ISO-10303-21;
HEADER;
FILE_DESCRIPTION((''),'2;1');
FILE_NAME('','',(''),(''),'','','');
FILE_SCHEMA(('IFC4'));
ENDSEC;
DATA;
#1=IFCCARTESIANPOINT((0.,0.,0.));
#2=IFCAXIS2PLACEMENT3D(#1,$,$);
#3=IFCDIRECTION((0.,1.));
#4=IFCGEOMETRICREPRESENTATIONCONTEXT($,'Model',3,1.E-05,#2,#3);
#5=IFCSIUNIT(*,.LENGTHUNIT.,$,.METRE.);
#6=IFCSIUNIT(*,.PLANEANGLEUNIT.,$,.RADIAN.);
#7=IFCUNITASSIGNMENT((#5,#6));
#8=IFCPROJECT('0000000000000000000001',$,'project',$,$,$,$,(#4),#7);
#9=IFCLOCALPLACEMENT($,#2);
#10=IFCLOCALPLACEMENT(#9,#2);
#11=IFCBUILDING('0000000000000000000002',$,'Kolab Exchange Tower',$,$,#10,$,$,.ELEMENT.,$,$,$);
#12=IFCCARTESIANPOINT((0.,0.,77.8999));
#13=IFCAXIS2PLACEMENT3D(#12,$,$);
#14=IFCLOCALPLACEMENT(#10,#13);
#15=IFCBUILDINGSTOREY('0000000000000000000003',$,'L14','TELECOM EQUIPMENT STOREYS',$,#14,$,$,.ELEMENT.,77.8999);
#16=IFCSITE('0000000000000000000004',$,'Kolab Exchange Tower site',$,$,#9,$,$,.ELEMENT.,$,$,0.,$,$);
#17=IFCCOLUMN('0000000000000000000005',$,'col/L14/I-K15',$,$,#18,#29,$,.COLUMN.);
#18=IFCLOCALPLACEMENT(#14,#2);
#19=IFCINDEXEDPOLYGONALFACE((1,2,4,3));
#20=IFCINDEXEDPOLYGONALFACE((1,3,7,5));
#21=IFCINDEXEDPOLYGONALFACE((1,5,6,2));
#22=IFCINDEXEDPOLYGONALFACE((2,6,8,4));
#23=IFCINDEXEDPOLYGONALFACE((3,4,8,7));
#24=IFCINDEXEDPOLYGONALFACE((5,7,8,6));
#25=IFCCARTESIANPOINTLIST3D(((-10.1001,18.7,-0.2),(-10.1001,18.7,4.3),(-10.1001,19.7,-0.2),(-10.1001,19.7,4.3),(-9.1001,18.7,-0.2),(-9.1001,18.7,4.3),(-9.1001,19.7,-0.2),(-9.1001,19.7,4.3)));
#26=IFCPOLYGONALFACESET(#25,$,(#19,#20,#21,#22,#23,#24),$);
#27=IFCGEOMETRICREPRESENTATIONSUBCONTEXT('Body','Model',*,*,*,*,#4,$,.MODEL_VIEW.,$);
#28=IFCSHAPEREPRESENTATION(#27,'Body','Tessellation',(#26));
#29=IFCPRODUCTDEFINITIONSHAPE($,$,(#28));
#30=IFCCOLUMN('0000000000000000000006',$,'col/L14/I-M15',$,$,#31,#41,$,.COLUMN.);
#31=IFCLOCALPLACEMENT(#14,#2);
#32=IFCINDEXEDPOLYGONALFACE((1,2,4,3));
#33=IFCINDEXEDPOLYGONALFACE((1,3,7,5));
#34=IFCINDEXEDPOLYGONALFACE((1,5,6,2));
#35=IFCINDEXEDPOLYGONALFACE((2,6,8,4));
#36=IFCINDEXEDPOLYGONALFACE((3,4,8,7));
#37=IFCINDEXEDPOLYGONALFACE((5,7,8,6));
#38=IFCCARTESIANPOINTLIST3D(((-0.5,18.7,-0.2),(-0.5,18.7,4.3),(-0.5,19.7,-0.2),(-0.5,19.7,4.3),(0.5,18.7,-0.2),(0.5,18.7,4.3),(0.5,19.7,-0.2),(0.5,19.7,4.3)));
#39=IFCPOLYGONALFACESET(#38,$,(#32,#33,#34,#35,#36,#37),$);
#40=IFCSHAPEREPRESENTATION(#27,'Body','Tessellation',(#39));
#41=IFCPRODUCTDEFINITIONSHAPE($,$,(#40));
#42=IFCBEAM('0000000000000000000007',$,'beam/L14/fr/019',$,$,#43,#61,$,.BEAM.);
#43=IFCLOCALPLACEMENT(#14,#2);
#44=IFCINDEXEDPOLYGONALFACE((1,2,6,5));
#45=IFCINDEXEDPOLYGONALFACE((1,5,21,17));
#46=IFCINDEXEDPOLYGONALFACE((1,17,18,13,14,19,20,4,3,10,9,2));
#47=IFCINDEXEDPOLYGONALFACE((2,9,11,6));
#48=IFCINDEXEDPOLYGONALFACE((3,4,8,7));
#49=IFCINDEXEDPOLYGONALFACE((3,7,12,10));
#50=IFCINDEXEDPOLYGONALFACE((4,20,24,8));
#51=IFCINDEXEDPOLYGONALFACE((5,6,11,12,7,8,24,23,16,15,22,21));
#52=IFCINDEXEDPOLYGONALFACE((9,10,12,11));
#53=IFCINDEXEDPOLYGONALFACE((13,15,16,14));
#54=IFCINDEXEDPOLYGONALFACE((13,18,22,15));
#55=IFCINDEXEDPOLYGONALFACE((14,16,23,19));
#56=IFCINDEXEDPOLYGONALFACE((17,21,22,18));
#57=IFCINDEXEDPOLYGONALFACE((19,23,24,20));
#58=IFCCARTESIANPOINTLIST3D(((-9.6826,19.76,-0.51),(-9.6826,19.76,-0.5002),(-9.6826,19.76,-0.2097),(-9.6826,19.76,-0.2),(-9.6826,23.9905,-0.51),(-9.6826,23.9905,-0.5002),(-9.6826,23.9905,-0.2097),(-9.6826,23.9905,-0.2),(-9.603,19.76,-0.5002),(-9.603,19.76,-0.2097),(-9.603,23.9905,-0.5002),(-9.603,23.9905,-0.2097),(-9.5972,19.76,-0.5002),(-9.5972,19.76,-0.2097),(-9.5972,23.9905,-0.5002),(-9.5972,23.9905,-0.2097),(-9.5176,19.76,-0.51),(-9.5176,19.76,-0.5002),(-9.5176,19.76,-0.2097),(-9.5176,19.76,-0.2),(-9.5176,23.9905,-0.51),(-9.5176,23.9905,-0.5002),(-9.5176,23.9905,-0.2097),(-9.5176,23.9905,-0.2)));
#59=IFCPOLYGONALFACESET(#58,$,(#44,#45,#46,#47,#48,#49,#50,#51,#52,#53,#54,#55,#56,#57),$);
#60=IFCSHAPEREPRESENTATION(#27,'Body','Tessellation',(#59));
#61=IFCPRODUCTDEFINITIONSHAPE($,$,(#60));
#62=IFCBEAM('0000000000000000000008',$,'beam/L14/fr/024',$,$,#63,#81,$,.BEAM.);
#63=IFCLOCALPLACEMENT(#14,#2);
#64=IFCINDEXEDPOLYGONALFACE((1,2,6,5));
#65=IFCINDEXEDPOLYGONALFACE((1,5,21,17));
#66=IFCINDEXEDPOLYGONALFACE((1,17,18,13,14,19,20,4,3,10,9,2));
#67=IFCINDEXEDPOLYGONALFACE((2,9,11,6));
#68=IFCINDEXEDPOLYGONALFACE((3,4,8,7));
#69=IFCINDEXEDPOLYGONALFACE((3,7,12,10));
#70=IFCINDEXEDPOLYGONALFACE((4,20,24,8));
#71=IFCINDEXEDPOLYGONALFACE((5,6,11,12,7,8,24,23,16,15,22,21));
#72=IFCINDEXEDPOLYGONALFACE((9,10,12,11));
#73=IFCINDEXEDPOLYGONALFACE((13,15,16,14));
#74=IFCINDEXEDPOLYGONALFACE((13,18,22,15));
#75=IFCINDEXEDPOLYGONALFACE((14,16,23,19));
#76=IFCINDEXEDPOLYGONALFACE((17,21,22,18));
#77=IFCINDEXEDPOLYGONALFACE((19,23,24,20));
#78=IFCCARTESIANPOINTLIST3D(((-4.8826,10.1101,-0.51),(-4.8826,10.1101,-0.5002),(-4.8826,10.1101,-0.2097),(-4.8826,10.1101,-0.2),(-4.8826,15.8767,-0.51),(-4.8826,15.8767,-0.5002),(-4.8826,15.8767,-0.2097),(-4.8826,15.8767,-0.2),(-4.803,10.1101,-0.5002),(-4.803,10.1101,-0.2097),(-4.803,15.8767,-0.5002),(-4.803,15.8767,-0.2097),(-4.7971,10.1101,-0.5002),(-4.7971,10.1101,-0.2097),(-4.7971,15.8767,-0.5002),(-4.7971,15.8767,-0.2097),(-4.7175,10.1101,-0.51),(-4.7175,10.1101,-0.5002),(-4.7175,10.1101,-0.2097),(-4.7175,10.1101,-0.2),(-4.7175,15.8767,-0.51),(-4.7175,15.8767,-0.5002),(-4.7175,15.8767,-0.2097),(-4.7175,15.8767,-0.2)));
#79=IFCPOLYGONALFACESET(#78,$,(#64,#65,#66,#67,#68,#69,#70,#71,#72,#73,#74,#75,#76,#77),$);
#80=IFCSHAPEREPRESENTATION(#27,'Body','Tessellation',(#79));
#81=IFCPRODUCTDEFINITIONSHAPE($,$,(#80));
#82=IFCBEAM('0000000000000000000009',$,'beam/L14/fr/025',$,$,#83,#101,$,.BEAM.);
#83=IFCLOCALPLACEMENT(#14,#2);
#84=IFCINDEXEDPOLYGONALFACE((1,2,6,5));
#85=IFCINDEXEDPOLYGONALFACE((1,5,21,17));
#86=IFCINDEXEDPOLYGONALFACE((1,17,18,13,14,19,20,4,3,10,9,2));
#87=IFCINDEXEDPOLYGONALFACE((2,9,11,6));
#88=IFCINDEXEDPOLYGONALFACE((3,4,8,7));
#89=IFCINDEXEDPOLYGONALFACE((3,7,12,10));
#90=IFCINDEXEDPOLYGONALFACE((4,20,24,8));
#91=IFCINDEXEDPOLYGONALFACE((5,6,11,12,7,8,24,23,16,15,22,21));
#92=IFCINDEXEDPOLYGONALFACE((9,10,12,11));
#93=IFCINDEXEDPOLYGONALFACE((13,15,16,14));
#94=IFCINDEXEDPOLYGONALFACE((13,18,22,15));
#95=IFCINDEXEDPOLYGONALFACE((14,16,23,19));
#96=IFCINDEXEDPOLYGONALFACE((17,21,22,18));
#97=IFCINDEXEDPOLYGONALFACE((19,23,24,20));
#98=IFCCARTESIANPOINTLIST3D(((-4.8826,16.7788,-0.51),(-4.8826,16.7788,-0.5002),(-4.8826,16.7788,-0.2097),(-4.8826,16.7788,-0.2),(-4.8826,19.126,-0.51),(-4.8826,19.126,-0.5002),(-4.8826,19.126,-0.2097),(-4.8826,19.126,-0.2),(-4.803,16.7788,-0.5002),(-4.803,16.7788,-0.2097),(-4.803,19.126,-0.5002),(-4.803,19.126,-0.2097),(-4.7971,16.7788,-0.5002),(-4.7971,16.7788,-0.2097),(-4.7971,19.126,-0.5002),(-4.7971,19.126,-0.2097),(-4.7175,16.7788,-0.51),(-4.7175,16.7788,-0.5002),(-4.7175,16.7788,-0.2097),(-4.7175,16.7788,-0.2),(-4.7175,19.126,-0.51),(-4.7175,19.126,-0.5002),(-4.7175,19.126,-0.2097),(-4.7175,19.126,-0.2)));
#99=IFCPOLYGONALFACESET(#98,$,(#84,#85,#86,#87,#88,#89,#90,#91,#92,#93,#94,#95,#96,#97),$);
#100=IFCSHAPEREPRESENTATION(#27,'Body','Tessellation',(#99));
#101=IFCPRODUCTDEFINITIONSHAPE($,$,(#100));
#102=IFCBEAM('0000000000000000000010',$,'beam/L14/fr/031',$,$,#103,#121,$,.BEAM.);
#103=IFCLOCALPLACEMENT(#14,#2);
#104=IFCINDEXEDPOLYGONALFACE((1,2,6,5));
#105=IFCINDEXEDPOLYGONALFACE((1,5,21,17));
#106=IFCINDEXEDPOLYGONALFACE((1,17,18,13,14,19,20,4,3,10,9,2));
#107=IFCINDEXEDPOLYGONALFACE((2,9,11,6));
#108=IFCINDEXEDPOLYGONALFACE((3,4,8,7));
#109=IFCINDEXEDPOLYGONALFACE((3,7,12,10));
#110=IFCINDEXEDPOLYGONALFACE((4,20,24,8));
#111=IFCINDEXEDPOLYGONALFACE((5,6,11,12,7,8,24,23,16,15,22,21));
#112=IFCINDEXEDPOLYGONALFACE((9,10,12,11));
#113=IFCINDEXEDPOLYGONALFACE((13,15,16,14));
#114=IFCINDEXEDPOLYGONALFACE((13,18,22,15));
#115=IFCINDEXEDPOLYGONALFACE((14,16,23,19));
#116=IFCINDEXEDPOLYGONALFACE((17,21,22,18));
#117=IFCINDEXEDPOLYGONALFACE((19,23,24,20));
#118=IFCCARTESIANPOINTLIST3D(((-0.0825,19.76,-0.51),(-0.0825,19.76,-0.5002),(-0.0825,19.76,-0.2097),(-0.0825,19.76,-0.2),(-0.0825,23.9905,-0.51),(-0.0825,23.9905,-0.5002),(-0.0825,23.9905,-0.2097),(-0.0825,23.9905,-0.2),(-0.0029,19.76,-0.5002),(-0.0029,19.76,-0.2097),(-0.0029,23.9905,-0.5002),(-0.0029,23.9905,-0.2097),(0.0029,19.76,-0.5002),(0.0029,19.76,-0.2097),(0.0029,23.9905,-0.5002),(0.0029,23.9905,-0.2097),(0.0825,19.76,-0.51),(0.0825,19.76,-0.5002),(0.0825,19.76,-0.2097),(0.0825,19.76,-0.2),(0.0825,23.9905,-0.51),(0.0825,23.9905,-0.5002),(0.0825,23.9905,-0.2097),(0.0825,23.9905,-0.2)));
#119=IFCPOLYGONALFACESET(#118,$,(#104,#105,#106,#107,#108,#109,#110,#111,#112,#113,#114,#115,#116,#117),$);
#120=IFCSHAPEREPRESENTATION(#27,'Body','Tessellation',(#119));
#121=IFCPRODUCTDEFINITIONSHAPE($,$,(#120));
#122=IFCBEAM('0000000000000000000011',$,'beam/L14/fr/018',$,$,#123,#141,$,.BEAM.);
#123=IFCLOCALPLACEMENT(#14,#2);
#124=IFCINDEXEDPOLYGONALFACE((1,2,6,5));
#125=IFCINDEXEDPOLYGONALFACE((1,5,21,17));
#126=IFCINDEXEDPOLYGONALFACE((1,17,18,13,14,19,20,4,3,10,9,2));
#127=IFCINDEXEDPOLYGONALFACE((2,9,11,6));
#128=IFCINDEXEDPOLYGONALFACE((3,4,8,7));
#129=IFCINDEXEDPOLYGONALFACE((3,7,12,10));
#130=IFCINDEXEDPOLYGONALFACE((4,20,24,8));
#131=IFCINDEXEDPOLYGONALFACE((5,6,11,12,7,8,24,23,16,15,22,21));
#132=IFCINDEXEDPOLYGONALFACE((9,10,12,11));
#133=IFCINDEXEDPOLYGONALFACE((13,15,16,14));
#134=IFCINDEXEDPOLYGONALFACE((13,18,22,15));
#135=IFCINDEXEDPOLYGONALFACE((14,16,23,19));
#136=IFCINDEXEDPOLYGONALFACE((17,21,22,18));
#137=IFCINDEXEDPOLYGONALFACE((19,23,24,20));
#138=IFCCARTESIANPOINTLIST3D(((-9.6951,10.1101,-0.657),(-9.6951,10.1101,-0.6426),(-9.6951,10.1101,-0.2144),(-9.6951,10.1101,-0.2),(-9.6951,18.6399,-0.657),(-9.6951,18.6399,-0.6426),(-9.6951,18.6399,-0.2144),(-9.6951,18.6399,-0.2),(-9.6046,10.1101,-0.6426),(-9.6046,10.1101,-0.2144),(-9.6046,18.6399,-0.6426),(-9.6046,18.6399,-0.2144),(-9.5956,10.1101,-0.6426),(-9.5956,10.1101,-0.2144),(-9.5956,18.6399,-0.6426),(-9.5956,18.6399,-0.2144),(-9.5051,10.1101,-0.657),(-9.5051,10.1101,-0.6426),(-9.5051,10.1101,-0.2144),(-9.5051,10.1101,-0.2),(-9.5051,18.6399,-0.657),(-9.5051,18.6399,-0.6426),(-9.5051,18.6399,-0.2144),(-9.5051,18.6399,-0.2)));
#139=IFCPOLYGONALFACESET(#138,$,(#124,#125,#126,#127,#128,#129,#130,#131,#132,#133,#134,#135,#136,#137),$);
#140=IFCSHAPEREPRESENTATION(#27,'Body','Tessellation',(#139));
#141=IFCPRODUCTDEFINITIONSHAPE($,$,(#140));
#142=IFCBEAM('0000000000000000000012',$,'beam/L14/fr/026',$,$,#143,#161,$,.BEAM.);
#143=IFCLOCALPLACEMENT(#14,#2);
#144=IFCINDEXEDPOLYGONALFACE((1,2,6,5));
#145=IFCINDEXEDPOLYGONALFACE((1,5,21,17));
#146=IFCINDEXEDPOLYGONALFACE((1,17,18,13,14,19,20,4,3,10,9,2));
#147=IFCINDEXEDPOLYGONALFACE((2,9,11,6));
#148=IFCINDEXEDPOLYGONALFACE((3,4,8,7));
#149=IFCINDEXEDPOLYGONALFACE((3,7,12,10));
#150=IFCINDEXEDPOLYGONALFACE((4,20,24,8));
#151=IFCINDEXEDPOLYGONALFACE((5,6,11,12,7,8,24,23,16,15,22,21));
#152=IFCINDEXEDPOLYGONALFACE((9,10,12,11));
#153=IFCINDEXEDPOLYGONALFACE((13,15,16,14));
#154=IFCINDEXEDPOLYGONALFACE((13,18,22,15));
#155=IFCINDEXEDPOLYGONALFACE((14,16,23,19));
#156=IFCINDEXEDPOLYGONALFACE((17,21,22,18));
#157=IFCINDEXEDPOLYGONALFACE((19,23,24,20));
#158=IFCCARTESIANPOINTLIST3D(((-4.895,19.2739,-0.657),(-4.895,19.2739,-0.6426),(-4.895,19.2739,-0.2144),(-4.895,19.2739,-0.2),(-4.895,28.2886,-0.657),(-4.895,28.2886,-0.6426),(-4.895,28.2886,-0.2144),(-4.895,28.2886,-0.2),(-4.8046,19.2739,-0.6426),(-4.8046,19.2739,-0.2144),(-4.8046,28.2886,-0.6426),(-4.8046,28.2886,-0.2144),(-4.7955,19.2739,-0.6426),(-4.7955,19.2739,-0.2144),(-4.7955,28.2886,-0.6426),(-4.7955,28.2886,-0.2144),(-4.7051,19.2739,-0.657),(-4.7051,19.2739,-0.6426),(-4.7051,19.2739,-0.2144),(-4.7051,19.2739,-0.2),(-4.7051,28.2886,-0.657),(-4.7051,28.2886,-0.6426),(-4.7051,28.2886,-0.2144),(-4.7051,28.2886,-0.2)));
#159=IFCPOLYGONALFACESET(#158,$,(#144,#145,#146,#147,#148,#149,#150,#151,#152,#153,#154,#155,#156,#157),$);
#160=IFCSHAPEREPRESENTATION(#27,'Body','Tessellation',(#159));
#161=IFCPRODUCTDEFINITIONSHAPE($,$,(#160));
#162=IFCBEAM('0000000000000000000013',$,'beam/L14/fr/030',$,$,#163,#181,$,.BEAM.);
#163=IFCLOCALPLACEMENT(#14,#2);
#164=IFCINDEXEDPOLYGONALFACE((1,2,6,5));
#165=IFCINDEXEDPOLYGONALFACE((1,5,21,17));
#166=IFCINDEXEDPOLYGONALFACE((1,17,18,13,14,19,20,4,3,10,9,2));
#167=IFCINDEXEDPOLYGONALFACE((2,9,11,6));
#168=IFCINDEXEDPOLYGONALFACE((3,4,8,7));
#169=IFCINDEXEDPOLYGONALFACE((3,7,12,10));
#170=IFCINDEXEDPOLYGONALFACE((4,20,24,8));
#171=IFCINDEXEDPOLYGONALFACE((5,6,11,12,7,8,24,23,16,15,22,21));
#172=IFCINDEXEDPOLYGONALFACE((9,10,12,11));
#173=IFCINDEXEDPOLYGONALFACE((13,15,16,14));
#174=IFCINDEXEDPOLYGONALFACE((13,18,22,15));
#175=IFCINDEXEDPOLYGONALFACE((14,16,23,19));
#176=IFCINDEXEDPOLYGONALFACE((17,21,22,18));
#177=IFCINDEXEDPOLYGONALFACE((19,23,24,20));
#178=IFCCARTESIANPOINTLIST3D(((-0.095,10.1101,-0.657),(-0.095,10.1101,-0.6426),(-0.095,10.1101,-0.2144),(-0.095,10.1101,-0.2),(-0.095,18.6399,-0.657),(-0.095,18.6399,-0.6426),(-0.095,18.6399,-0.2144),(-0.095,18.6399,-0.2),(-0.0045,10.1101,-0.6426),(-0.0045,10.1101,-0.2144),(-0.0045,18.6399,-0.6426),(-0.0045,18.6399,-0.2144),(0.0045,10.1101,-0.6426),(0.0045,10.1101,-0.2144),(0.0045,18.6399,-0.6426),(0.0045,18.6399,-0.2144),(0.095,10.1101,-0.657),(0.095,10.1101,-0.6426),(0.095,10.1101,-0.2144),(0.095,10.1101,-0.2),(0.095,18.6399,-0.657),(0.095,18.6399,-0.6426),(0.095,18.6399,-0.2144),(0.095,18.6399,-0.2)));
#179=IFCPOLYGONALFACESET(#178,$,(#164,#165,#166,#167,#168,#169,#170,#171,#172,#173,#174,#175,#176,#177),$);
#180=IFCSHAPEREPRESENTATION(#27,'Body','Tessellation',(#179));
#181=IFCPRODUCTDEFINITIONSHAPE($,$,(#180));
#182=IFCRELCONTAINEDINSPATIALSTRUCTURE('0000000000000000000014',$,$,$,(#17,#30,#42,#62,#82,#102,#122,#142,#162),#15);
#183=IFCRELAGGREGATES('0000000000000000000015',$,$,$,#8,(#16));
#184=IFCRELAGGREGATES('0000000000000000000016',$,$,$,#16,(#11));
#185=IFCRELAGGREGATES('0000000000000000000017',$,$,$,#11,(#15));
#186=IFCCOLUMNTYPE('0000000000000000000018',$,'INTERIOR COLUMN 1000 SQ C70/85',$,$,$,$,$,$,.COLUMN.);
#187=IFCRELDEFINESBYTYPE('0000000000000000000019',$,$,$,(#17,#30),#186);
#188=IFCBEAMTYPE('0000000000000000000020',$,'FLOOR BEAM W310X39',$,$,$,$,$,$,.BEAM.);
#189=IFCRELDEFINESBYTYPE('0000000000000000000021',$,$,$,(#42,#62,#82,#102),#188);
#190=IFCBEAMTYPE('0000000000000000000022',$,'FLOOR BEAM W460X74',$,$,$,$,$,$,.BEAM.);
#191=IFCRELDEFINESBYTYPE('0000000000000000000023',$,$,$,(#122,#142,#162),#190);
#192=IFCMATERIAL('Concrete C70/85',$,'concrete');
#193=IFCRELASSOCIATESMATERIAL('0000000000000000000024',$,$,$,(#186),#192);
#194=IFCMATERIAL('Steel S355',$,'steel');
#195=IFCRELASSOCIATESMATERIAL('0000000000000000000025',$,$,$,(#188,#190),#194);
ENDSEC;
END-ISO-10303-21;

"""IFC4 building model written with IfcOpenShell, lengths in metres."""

from ifc_helpers import new_model, si_unit, direction, frame, origin, origin_2d, place, context, subcontext, project, spatial, rectangle, i_section, extrude, material, material_profile, profile_set, type_object, element, save


model = new_model("IFC4")

# Units and contexts
model_context = context("Model", 3, precision=1e-05, world=origin(), true_north=direction((0.0, 1.0)))
body_context = subcontext(model_context, "Body", "Model", "MODEL_VIEW")
ifc_project = project(units=[si_unit("LENGTHUNIT", "METRE"), si_unit("PLANEANGLEUNIT", "RADIAN")], contexts=[model_context])

# Site, building, storey
site_placement = place(None, origin())
site = spatial("IfcSite", under=ifc_project, at=site_placement, Name="Kolab Exchange Tower site", CompositionType="ELEMENT", RefElevation=0.0)
building_placement = place(site_placement, origin())
building = spatial("IfcBuilding", under=site, at=building_placement, Name="Kolab Exchange Tower", CompositionType="ELEMENT")
storey_placement = place(building_placement, frame((0.0, 0.0, 77.8999)))
storey = spatial("IfcBuildingStorey", under=building, at=storey_placement, Name="L14", Description="TELECOM EQUIPMENT STOREYS", CompositionType="ELEMENT", Elevation=77.8999)

# Columns
ifc_material_1 = material(Name="Concrete C70/85", Category="concrete")
ifc_material_profile_1 = material_profile(ifc_material_1, rectangle(XDim=1.0, YDim=1.0, at=origin_2d()), Name="RC1000")
ifc_profile_set_1 = profile_set([ifc_material_profile_1], Name="Concrete C70/85")
column_type = type_object("IfcColumnType", Name="INTERIOR COLUMN 1000 SQ C70/85", PredefinedType="COLUMN", material=ifc_profile_set_1)
for number, where, z_axis, x_axis, name in (
    (1, (-9.6001, 19.2, -0.2), (0.0, 0.0, 1.0), (1.0, 0.0, 0.0), "col/L14/I-K15"),
    (2, (0.0, 19.2, -0.2), (0.0, 0.0, 1.0), (1.0, 0.0, 0.0), "col/L14/I-M15"),
):
    element("IfcColumn", number, at=place(storey_placement, frame(where, z_axis=z_axis, x_axis=x_axis)), inside=storey, type_object=column_type, Name=name, PredefinedType="COLUMN", context=body_context, shape_type="SweptSolid", body=[
        extrude(rectangle(XDim=1.0, YDim=1.0, at=origin_2d()), origin(), (0.0, 0.0, 1.0), 4.5),
    ])

# Beams
ifc_material_2 = material(Name="Steel S355", Category="steel")
ifc_material_profile_2 = material_profile(ifc_material_2, i_section(OverallWidth=0.165, OverallDepth=0.3101, WebThickness=0.0059, FlangeThickness=0.0098, at=origin_2d()), Name="W310X39")
ifc_profile_set_2 = profile_set([ifc_material_profile_2], Name="Steel S355")
beam_type_1 = type_object("IfcBeamType", Name="FLOOR BEAM W310X39", PredefinedType="BEAM", material=ifc_profile_set_2)
beam_1_placement = place(storey_placement, frame((-9.6001, 19.76, -0.355), z_axis=(0.0, 1.0, 0.0), x_axis=(-1.0, 0.0, 0.0)))
element("IfcBeam", 3, at=beam_1_placement, inside=storey, type_object=beam_type_1, Name="beam/L14/fr/019", PredefinedType="BEAM", context=body_context, shape_type="SweptSolid", body=[
    extrude(i_section(OverallWidth=0.165, OverallDepth=0.3101, WebThickness=0.0059, FlangeThickness=0.0098, at=origin_2d()), origin(), (0.0, 0.0, 1.0), 4.2305),
])
beam_2_placement = place(storey_placement, frame((-4.8, 10.1101, -0.355), z_axis=(0.0, 1.0, 0.0), x_axis=(-1.0, 0.0, 0.0)))
element("IfcBeam", 4, at=beam_2_placement, inside=storey, type_object=beam_type_1, Name="beam/L14/fr/024", PredefinedType="BEAM", context=body_context, shape_type="SweptSolid", body=[
    extrude(i_section(OverallWidth=0.165, OverallDepth=0.3101, WebThickness=0.0059, FlangeThickness=0.0098, at=origin_2d()), origin(), (0.0, 0.0, 1.0), 5.7666),
])
beam_3_placement = place(storey_placement, frame((-4.8, 16.7788, -0.355), z_axis=(0.0, 1.0, 0.0), x_axis=(-1.0, 0.0, 0.0)))
element("IfcBeam", 5, at=beam_3_placement, inside=storey, type_object=beam_type_1, Name="beam/L14/fr/025", PredefinedType="BEAM", context=body_context, shape_type="SweptSolid", body=[
    extrude(i_section(OverallWidth=0.165, OverallDepth=0.3101, WebThickness=0.0059, FlangeThickness=0.0098, at=origin_2d()), origin(), (0.0, 0.0, 1.0), 2.3472),
])
beam_4_placement = place(storey_placement, frame((0.0, 19.76, -0.355), z_axis=(0.0, 1.0, 0.0), x_axis=(-1.0, 0.0, 0.0)))
element("IfcBeam", 6, at=beam_4_placement, inside=storey, type_object=beam_type_1, Name="beam/L14/fr/031", PredefinedType="BEAM", context=body_context, shape_type="SweptSolid", body=[
    extrude(i_section(OverallWidth=0.165, OverallDepth=0.3101, WebThickness=0.0059, FlangeThickness=0.0098, at=origin_2d()), origin(), (0.0, 0.0, 1.0), 4.2305),
])
ifc_material_profile_3 = material_profile(ifc_material_2, i_section(OverallWidth=0.1899, OverallDepth=0.457, WebThickness=0.009, FlangeThickness=0.0144, at=origin_2d()), Name="W460X74")
ifc_profile_set_3 = profile_set([ifc_material_profile_3], Name="Steel S355")
beam_type_2 = type_object("IfcBeamType", Name="FLOOR BEAM W460X74", PredefinedType="BEAM", material=ifc_profile_set_3)
beam_5_placement = place(storey_placement, frame((-9.6001, 10.1101, -0.4285), z_axis=(0.0, 1.0, 0.0), x_axis=(-1.0, 0.0, 0.0)))
element("IfcBeam", 7, at=beam_5_placement, inside=storey, type_object=beam_type_2, Name="beam/L14/fr/018", PredefinedType="BEAM", context=body_context, shape_type="SweptSolid", body=[
    extrude(i_section(OverallWidth=0.1899, OverallDepth=0.457, WebThickness=0.009, FlangeThickness=0.0144, at=origin_2d()), origin(), (0.0, 0.0, 1.0), 8.5298),
])
beam_6_placement = place(storey_placement, frame((-4.8, 19.2739, -0.4285), z_axis=(0.0, 1.0, 0.0), x_axis=(-1.0, 0.0, 0.0)))
element("IfcBeam", 8, at=beam_6_placement, inside=storey, type_object=beam_type_2, Name="beam/L14/fr/026", PredefinedType="BEAM", context=body_context, shape_type="SweptSolid", body=[
    extrude(i_section(OverallWidth=0.1899, OverallDepth=0.457, WebThickness=0.009, FlangeThickness=0.0144, at=origin_2d()), origin(), (0.0, 0.0, 1.0), 9.0146),
])
beam_7_placement = place(storey_placement, frame((0.0, 10.1101, -0.4285), z_axis=(0.0, 1.0, 0.0), x_axis=(-1.0, 0.0, 0.0)))
element("IfcBeam", 9, at=beam_7_placement, inside=storey, type_object=beam_type_2, Name="beam/L14/fr/030", PredefinedType="BEAM", context=body_context, shape_type="SweptSolid", body=[
    extrude(i_section(OverallWidth=0.1899, OverallDepth=0.457, WebThickness=0.009, FlangeThickness=0.0144, at=origin_2d()), origin(), (0.0, 0.0, 1.0), 8.5298),
])

save(model, "model.ifc")
